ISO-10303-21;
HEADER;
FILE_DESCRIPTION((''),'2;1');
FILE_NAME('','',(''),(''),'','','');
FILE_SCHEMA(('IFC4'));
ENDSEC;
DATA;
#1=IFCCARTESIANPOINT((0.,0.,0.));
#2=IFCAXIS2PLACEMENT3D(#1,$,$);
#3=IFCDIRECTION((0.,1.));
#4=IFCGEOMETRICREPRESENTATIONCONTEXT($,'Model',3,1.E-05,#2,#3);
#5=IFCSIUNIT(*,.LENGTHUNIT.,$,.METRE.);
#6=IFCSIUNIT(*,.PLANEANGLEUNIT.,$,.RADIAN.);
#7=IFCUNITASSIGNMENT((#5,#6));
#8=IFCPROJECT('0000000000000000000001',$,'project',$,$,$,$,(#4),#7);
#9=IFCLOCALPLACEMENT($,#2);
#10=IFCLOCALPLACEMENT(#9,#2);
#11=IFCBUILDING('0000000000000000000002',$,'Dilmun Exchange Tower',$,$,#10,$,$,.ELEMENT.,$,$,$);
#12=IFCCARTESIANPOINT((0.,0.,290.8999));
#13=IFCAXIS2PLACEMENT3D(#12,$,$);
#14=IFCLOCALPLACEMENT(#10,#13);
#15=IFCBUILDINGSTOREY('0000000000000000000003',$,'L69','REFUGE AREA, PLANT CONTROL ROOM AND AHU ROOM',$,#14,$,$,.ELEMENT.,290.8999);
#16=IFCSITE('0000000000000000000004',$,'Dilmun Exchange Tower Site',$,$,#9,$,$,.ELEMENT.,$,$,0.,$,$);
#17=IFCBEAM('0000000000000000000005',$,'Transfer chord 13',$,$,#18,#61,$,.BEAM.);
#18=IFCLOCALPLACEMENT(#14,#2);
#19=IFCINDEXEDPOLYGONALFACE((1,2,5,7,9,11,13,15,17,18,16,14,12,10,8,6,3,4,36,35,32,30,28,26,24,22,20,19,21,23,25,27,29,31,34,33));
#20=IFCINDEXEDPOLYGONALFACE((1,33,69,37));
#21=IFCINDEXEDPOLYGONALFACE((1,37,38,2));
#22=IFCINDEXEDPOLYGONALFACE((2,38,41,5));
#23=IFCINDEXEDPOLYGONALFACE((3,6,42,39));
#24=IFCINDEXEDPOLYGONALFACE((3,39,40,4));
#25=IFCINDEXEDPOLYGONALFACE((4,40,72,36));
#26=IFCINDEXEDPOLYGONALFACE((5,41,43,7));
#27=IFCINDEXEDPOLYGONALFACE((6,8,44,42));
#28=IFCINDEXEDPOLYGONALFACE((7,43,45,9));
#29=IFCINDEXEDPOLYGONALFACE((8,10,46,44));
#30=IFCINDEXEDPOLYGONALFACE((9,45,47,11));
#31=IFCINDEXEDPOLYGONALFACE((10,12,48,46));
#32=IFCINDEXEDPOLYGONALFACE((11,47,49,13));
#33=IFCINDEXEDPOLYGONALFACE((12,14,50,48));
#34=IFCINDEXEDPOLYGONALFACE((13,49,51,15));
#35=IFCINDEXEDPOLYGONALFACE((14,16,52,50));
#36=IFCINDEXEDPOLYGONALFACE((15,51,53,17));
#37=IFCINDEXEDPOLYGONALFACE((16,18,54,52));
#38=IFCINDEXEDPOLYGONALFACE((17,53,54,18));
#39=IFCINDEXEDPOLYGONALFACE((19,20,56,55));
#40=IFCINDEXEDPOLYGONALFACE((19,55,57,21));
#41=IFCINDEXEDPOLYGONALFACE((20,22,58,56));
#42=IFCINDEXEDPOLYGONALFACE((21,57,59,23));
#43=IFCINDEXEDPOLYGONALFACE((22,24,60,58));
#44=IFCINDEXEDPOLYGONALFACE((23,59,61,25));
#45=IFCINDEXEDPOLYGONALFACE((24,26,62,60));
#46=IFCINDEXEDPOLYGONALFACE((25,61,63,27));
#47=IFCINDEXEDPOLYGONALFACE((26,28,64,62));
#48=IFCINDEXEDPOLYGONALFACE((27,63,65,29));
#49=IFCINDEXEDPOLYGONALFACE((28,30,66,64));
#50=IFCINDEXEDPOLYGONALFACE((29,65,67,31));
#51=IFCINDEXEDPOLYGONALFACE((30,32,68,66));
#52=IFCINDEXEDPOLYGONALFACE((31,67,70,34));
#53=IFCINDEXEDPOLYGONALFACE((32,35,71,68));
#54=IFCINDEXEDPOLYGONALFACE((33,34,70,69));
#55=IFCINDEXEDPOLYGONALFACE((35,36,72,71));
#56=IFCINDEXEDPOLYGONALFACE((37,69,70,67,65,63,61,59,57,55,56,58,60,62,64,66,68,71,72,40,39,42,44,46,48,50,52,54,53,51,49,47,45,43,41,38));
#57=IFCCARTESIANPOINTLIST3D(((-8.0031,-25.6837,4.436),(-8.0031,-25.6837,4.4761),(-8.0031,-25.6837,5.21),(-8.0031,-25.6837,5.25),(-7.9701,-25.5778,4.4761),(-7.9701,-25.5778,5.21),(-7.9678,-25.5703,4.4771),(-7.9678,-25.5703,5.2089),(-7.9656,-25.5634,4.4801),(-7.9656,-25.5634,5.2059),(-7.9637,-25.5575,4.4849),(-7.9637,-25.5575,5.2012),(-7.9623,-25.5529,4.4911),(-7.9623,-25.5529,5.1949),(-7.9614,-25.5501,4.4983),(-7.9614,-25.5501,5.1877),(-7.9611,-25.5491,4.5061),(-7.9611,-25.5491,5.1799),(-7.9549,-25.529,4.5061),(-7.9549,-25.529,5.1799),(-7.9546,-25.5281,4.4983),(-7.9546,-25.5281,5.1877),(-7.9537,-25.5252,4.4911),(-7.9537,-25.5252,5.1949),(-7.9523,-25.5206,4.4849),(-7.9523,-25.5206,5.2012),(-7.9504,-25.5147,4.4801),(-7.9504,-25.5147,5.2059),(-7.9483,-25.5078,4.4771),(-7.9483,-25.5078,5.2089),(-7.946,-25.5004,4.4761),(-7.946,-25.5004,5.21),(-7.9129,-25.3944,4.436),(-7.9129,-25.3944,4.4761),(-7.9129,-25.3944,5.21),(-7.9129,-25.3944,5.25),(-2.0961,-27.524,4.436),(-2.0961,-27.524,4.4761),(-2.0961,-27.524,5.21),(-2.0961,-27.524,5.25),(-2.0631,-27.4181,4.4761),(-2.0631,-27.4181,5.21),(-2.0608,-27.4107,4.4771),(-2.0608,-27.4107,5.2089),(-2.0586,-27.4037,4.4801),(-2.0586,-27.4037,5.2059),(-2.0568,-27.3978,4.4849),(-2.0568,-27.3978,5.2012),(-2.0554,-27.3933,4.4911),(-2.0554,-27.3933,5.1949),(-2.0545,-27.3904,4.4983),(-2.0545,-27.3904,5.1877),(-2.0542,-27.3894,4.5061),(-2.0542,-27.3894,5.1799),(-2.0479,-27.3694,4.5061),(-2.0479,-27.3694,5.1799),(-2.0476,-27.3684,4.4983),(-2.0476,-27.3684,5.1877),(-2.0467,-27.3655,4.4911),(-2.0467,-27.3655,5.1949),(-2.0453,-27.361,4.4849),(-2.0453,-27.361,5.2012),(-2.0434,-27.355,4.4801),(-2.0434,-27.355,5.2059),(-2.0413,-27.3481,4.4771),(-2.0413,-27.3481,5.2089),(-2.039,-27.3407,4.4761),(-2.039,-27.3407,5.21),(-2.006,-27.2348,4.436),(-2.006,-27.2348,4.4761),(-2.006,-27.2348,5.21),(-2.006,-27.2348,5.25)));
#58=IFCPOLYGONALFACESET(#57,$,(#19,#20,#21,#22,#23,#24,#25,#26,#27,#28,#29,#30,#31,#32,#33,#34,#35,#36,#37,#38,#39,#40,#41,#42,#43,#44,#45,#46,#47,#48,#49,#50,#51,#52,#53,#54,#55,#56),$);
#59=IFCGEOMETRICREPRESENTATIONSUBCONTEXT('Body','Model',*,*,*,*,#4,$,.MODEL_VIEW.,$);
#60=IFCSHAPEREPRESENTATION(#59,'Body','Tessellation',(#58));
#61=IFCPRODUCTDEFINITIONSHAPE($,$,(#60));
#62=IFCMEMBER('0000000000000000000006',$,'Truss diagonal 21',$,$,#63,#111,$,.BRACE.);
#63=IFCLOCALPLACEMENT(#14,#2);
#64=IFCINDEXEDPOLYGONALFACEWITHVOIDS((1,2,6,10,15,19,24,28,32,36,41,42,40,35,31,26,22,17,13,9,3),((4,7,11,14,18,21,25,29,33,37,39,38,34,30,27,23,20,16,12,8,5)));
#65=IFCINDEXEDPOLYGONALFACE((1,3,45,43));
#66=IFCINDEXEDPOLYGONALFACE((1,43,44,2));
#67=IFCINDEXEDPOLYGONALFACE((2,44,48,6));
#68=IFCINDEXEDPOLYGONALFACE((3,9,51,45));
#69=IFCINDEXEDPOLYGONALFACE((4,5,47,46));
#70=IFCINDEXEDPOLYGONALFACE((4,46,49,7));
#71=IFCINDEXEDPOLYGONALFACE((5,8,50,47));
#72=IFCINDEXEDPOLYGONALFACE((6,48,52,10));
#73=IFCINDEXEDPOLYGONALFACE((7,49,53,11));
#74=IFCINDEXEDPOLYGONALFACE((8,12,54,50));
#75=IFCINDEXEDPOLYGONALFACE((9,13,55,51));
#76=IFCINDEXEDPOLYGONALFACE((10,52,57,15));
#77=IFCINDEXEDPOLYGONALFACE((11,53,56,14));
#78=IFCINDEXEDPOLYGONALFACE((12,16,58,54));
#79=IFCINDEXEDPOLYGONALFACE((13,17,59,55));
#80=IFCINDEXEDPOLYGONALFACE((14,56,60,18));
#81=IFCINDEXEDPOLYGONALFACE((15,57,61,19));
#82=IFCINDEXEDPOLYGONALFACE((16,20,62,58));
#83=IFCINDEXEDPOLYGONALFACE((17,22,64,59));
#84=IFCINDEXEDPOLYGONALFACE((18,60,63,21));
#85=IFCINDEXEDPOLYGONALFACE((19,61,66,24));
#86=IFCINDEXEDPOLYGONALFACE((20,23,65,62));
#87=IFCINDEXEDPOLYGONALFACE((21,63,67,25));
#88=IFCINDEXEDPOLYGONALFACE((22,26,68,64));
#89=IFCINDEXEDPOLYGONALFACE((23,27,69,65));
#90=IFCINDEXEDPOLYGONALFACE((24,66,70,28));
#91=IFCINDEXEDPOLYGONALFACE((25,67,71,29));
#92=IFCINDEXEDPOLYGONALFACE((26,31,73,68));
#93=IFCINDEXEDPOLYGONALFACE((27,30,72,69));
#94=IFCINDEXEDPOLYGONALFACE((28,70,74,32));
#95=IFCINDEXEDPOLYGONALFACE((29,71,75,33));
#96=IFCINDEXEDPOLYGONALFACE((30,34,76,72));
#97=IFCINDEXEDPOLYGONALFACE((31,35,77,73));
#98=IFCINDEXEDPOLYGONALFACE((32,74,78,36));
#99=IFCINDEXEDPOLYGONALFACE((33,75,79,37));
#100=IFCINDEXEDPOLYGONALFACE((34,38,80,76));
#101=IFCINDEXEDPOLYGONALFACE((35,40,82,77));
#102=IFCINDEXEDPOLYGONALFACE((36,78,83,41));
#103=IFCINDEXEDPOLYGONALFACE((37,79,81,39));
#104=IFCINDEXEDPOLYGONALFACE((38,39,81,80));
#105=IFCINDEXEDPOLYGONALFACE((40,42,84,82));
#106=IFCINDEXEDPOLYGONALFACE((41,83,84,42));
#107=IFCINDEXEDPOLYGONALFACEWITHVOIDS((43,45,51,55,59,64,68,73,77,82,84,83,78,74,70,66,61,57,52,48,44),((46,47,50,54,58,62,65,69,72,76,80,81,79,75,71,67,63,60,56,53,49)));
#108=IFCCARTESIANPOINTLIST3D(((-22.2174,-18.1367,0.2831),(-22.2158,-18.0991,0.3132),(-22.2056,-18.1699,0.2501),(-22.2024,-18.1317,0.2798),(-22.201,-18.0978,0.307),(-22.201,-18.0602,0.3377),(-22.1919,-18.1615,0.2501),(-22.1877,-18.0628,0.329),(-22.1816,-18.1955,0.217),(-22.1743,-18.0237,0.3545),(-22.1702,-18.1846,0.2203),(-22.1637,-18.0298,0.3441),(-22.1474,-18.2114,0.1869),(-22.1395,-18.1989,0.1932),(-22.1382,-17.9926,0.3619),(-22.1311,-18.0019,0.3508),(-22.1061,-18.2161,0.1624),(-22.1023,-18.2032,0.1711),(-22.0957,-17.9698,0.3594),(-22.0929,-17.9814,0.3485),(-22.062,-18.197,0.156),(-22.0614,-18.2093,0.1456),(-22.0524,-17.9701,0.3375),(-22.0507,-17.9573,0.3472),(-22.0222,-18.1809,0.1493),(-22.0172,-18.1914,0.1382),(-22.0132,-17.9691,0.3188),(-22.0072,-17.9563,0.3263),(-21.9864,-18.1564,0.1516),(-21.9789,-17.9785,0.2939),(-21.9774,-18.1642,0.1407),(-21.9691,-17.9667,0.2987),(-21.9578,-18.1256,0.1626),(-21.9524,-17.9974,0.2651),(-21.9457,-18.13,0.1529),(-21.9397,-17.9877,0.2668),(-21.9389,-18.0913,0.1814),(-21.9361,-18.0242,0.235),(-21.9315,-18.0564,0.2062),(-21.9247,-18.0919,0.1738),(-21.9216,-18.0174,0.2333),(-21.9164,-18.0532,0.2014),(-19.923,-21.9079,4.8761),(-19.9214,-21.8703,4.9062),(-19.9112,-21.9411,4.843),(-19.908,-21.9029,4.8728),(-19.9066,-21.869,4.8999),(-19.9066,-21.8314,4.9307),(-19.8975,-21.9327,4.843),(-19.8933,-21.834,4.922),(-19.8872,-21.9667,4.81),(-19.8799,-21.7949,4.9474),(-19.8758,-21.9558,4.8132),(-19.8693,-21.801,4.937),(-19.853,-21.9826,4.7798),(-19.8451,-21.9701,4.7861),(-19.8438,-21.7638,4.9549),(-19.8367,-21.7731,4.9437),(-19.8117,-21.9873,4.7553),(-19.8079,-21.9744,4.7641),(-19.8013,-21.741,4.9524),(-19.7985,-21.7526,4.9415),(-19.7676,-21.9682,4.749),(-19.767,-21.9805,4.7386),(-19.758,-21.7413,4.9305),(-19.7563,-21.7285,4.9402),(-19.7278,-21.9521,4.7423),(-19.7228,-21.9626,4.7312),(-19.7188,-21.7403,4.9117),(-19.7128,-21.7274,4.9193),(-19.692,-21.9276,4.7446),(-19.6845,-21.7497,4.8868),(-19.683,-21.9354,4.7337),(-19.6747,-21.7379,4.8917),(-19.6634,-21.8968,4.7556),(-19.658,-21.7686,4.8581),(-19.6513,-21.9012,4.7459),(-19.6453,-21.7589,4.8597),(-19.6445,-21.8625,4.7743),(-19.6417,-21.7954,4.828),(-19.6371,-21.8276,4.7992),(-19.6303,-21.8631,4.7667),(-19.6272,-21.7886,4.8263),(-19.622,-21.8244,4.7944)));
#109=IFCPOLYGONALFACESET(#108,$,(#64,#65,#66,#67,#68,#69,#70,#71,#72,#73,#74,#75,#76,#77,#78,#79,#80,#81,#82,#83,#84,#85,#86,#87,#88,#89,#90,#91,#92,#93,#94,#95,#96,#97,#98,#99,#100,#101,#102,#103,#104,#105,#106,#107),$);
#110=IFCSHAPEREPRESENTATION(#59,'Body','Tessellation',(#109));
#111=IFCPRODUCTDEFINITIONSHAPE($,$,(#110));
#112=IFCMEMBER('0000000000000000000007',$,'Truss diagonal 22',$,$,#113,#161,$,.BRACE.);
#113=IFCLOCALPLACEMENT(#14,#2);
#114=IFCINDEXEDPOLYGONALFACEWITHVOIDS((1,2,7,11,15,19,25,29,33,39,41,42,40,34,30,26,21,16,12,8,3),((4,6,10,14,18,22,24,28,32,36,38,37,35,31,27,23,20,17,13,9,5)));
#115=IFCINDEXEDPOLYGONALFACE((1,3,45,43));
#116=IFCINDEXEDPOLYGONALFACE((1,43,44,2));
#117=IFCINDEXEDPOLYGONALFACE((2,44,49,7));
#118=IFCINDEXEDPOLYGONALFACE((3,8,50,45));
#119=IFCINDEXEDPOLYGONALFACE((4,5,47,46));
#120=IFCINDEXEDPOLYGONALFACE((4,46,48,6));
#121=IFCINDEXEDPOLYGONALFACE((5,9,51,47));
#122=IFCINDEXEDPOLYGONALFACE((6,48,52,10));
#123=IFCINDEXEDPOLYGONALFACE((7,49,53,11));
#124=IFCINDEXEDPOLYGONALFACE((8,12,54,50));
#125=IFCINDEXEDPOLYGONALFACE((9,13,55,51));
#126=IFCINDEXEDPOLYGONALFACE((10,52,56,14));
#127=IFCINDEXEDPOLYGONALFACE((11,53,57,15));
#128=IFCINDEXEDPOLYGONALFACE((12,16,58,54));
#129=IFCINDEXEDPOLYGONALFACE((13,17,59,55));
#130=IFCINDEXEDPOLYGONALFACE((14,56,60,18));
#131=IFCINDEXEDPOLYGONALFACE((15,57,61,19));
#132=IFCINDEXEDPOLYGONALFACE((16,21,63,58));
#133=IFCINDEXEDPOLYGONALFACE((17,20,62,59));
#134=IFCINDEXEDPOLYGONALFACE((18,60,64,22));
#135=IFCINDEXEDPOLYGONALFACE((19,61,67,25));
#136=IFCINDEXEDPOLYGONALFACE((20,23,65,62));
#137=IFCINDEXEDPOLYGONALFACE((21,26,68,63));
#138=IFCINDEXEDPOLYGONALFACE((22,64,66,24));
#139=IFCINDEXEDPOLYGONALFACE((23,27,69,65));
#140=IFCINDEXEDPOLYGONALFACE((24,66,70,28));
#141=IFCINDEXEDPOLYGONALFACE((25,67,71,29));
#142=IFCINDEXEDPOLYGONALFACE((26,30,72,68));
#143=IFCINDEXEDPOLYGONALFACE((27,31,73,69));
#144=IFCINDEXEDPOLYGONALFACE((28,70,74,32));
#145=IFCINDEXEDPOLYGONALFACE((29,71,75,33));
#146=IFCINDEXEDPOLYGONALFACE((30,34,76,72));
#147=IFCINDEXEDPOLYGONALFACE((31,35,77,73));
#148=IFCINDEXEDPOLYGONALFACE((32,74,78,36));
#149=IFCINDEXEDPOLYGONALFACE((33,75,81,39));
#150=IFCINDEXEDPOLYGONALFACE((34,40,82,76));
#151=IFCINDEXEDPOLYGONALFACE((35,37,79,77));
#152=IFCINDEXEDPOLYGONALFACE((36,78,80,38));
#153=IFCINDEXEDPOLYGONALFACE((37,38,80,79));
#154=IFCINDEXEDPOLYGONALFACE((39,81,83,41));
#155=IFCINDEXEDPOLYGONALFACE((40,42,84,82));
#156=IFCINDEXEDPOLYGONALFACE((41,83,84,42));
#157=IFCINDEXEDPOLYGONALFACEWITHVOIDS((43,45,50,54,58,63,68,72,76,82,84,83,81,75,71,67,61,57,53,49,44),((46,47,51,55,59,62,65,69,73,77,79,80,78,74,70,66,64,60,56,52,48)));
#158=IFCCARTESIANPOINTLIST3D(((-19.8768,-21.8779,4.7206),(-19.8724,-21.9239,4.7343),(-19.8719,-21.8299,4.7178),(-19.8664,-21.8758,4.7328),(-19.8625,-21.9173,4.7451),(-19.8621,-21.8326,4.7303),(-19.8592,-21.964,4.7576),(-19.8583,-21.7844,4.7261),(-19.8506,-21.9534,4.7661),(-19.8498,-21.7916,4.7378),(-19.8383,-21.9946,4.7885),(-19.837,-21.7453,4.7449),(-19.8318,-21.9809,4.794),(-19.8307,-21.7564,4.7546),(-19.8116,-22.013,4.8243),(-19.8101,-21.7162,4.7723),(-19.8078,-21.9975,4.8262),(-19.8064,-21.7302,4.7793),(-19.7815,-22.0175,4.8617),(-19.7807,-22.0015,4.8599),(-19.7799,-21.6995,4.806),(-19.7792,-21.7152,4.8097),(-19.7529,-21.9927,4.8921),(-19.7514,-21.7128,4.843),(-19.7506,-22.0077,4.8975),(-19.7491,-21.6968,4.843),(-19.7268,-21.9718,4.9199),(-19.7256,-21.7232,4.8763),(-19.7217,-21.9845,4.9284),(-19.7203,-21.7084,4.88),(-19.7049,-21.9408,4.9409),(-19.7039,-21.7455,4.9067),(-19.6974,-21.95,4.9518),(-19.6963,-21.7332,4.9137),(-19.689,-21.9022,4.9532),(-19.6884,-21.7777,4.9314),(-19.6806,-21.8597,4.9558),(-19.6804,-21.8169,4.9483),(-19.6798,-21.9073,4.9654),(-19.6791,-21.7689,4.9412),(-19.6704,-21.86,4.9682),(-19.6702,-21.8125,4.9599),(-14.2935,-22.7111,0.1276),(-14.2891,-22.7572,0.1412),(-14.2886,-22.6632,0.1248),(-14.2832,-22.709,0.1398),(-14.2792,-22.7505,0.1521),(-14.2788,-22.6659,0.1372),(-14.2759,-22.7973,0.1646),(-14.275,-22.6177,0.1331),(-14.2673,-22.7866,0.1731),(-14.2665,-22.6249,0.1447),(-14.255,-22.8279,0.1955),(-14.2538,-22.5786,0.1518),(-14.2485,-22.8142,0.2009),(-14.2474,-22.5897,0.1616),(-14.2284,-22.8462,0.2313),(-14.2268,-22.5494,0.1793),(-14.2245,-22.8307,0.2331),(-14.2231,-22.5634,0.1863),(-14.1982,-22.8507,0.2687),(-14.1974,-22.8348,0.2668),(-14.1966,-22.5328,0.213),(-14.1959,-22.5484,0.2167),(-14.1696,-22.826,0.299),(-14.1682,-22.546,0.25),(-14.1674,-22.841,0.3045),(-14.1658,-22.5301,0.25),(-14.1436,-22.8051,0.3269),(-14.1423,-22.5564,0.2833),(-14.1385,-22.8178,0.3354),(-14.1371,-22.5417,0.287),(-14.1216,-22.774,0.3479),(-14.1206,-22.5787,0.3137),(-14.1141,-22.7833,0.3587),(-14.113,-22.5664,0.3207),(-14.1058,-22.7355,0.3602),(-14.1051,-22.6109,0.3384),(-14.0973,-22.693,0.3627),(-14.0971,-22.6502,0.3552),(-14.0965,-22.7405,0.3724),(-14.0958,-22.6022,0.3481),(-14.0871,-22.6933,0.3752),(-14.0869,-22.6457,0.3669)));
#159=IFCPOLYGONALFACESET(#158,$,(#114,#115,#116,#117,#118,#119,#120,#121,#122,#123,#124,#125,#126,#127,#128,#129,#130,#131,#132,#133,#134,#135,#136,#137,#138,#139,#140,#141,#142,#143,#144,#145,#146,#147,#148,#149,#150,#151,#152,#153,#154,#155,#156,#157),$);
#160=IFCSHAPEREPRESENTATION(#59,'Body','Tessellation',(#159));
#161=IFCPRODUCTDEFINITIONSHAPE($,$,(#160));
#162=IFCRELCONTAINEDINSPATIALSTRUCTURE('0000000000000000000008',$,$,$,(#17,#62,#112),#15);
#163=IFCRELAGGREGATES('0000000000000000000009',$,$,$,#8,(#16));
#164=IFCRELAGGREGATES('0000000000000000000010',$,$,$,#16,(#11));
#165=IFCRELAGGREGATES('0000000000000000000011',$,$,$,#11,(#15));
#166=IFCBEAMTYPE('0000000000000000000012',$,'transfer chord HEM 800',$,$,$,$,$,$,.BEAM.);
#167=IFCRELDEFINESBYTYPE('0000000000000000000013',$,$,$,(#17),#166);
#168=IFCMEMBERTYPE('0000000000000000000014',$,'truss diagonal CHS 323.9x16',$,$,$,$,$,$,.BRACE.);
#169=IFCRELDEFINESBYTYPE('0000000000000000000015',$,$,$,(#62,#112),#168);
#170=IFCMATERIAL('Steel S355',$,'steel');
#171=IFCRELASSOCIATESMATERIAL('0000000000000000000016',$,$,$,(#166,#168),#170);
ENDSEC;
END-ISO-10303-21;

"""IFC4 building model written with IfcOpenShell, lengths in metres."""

from ifc_helpers import new_model, si_unit, direction, frame, origin, origin_2d, place, context, subcontext, project, spatial, hollow_circle, i_section, extrude, material, material_profile, profile_set, type_object, element, save


model = new_model("IFC4")

# Units and contexts
model_context = context("Model", 3, precision=1e-05, world=origin(), true_north=direction((0.0, 1.0)))
body_context = subcontext(model_context, "Body", "Model", "MODEL_VIEW")
ifc_project = project(units=[si_unit("LENGTHUNIT", "METRE"), si_unit("PLANEANGLEUNIT", "RADIAN")], contexts=[model_context])

# Site, building, storey
site_placement = place(None, origin())
site = spatial("IfcSite", under=ifc_project, at=site_placement, Name="Dilmun Exchange Tower Site", CompositionType="ELEMENT", RefElevation=0.0)
building_placement = place(site_placement, origin())
building = spatial("IfcBuilding", under=site, at=building_placement, Name="Dilmun Exchange Tower", CompositionType="ELEMENT")
storey_placement = place(building_placement, frame((0.0, 0.0, 290.8999)))
storey = spatial("IfcBuildingStorey", under=building, at=storey_placement, Name="L69", Description="REFUGE AREA, PLANT CONTROL ROOM AND AHU ROOM", CompositionType="ELEMENT", Elevation=290.8999)

# Beam
ifc_material_1 = material(Name="Steel S355", Category="steel")
ifc_material_profile_1 = material_profile(ifc_material_1, i_section(OverallWidth=0.303, OverallDepth=0.814, WebThickness=0.021, FlangeThickness=0.04, FilletRadius=0.03, at=origin_2d()), Name="HEM 800")
ifc_profile_set_1 = profile_set([ifc_material_profile_1], Name="Steel S355")
beam_type_1 = type_object("IfcBeamType", Name="transfer chord HEM 800", PredefinedType="BEAM", material=ifc_profile_set_1)
beam_1_placement = place(storey_placement, frame((-7.958, -25.5391, 4.843), z_axis=(0.954737, -0.29745, 0.0), x_axis=(0.29745, 0.954737, 0.0)))
element("IfcBeam", 1, at=beam_1_placement, inside=storey, type_object=beam_type_1, Name="Transfer chord 13", PredefinedType="BEAM", context=body_context, shape_type="SweptSolid", body=[
    extrude(i_section(OverallWidth=0.303, OverallDepth=0.814, WebThickness=0.021, FlangeThickness=0.04, FilletRadius=0.03, at=origin_2d()), origin(), (0.0, 0.0, 1.0), 6.187),
])

# Members
ifc_material_profile_2 = material_profile(ifc_material_1, hollow_circle(Radius=0.1619, WallThickness=0.0161, at=origin_2d()), Name="CHS 323.9x16")
ifc_profile_set_2 = profile_set([ifc_material_profile_2], Name="Steel S355")
member_type = type_object("IfcMemberType", Name="truss diagonal CHS 323.9x16", PredefinedType="BRACE", material=ifc_profile_set_2)
member_1_placement = place(storey_placement, frame((-19.7729, -21.8569, 4.843), z_axis=(-0.360169, 0.591991, -0.720989), x_axis=(-0.85431, -0.519764, 0.0)))
element("IfcMember", 2, at=member_1_placement, inside=storey, type_object=member_type, Name="Truss diagonal 21", PredefinedType="BRACE", context=body_context, shape_type="SweptSolid", body=[
    extrude(hollow_circle(Radius=0.1619, WallThickness=0.0161, at=origin_2d()), origin(), (0.0, 0.0, 1.0), 6.3704),
])
member_2_placement = place(storey_placement, frame((-19.7729, -21.8569, 4.843), z_axis=(0.767188, -0.114496, -0.631121), x_axis=(0.147607, 0.989046, 0.0)))
element("IfcMember", 3, at=member_2_placement, inside=storey, type_object=member_type, Name="Truss diagonal 22", PredefinedType="BRACE", context=body_context, shape_type="SweptSolid", body=[
    extrude(hollow_circle(Radius=0.1619, WallThickness=0.0161, at=origin_2d()), origin(), (0.0, 0.0, 1.0), 7.2776),
])

save(model, "model.ifc")
